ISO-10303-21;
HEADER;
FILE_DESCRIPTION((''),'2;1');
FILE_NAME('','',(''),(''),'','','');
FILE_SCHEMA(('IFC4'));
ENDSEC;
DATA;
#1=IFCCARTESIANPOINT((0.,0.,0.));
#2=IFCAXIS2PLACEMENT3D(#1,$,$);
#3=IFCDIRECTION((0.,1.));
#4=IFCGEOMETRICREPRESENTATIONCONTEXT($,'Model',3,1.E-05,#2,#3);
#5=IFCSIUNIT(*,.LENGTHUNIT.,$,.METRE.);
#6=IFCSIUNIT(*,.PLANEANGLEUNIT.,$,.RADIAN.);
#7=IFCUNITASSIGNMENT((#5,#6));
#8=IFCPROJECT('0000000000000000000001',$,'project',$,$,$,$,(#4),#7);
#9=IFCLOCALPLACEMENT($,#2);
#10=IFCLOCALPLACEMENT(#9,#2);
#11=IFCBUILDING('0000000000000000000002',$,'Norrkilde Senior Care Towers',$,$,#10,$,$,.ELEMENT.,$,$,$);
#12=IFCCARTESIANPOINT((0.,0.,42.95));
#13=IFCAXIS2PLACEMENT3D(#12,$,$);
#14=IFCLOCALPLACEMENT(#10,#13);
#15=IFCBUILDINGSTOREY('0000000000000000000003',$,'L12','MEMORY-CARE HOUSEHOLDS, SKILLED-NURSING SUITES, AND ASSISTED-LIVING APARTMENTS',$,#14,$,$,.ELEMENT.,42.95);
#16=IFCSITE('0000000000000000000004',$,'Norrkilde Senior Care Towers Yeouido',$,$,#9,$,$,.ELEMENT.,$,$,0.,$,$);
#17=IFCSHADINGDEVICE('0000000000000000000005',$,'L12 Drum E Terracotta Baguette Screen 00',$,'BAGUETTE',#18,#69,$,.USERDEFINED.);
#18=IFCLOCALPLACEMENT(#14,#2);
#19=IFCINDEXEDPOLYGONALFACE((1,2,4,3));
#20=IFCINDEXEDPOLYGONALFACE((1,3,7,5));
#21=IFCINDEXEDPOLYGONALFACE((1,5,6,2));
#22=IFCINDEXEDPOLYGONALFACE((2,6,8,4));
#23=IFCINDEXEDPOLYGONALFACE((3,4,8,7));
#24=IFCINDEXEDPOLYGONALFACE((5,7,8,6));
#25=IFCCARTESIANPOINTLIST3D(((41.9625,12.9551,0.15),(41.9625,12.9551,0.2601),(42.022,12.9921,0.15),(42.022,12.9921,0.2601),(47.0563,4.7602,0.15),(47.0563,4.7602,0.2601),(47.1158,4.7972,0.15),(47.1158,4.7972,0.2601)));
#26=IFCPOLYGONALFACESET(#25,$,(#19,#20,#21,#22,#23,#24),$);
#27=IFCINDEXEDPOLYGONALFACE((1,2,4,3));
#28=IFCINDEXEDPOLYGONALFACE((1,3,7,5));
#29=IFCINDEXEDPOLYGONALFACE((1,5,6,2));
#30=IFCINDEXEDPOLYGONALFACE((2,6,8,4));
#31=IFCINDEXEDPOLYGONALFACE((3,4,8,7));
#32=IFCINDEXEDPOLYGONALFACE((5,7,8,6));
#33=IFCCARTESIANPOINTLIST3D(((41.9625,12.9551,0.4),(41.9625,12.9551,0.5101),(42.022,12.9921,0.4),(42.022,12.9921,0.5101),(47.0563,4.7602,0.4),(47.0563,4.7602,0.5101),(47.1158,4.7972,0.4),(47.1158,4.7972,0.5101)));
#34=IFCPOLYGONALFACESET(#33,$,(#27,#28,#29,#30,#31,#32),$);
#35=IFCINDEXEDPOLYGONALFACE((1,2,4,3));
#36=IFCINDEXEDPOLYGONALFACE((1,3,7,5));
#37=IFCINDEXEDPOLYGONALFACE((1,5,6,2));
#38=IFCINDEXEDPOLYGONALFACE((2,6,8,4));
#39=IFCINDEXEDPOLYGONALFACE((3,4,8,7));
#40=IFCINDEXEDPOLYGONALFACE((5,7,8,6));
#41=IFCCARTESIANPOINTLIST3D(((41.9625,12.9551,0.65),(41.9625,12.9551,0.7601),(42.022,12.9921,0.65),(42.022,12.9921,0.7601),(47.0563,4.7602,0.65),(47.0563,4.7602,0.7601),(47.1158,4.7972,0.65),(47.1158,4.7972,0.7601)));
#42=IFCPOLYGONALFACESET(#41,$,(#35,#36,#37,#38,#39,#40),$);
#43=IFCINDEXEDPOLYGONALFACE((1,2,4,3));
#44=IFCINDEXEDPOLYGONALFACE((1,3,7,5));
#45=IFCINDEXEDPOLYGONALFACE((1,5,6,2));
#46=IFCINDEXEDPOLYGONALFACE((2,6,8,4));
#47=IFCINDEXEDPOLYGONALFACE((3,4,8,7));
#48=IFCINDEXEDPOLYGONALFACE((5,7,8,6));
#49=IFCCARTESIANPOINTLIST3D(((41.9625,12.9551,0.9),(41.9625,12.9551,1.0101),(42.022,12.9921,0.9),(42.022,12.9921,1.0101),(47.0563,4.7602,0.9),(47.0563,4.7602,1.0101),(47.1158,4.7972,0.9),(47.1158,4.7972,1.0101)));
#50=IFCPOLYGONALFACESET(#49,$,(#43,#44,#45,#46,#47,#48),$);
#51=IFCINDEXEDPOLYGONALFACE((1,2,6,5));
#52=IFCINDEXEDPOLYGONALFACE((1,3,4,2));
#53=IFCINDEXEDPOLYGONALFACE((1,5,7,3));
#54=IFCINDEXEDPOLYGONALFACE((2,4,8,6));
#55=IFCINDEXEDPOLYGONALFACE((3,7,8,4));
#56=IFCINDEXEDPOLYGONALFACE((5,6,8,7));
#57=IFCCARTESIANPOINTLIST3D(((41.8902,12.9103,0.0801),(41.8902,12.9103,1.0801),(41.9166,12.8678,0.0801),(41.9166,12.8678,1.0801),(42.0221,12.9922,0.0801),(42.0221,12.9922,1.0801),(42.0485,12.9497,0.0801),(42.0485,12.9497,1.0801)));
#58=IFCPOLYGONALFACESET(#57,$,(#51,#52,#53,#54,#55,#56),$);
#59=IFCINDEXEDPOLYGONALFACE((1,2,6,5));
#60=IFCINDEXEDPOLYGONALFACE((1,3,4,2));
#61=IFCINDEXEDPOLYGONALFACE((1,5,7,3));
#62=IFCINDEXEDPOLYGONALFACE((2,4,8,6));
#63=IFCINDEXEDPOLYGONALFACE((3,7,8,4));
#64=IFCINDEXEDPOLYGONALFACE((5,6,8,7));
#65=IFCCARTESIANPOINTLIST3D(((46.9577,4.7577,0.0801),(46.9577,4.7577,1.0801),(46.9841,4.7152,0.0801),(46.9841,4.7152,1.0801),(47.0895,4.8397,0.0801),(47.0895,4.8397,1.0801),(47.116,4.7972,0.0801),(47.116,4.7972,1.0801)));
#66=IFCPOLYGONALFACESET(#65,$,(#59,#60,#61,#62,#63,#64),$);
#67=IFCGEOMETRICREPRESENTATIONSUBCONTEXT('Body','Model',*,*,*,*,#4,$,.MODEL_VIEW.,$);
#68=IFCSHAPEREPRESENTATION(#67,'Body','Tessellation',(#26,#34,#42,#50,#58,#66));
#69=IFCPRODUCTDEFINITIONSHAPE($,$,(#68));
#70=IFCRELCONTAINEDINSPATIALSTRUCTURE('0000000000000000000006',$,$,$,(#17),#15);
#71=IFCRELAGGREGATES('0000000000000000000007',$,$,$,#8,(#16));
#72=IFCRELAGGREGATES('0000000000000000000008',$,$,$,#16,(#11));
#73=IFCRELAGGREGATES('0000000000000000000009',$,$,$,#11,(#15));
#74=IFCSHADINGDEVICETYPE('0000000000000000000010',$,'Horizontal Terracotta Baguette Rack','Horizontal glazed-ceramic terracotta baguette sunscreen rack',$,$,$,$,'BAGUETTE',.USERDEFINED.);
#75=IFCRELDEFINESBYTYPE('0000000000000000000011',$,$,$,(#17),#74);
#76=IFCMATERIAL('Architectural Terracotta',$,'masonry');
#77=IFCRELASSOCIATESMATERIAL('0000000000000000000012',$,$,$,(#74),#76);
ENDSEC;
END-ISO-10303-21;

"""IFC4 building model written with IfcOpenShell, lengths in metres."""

from ifc_helpers import new_model, si_unit, direction, frame, origin, origin_2d, place, context, subcontext, project, spatial, rectangle, extrude, source, transform, mapped, material, type_object, type_shapes, element, save


model = new_model("IFC4")

# Units and contexts
model_context = context("Model", 3, precision=1e-05, world=origin(), true_north=direction((0.0, 1.0)))
body_context = subcontext(model_context, "Body", "Model", "MODEL_VIEW")
ifc_project = project(units=[si_unit("LENGTHUNIT", "METRE"), si_unit("PLANEANGLEUNIT", "RADIAN")], contexts=[model_context])

# Site, building, storey
site_placement = place(None, origin())
site = spatial("IfcSite", under=ifc_project, at=site_placement, Name="Norrkilde Senior Care Towers Yeouido", CompositionType="ELEMENT", RefElevation=0.0)
building_placement = place(site_placement, origin())
building = spatial("IfcBuilding", under=site, at=building_placement, Name="Norrkilde Senior Care Towers", CompositionType="ELEMENT")
storey_placement = place(building_placement, frame((0.0, 0.0, 42.95)))
storey = spatial("IfcBuildingStorey", under=building, at=storey_placement, Name="L12", Description="MEMORY-CARE HOUSEHOLDS, SKILLED-NURSING SUITES, AND ASSISTED-LIVING APARTMENTS", CompositionType="ELEMENT", Elevation=42.95)

# Shading device
ifc_material_1 = material(Name="Architectural Terracotta", Category="masonry")
shading_device_type = type_object("IfcShadingDeviceType", Name="Horizontal Terracotta Baguette Rack", Description="Horizontal glazed-ceramic terracotta baguette sunscreen rack", ElementType="BAGUETTE", PredefinedType="USERDEFINED", material=ifc_material_1)
shared_shape_1 = source(origin(), body_context, "Body", "SweptSolid", [
    extrude(rectangle(XDim=0.0701, YDim=0.1101, at=origin_2d()), frame((0.0, 0.0901, 0.125), z_axis=(1.0, 0.0, 0.0), x_axis=(0.0, 1.0, 0.0)), (0.0, 0.0, 1.0), 9.6489),
    extrude(rectangle(XDim=0.0701, YDim=0.1101, at=origin_2d()), frame((0.0, 0.0901, 0.375), z_axis=(1.0, 0.0, 0.0), x_axis=(0.0, 1.0, 0.0)), (0.0, 0.0, 1.0), 9.6489),
    extrude(rectangle(XDim=0.0701, YDim=0.1101, at=origin_2d()), frame((0.0, 0.0901, 0.625), z_axis=(1.0, 0.0, 0.0), x_axis=(0.0, 1.0, 0.0)), (0.0, 0.0, 1.0), 9.6489),
    extrude(rectangle(XDim=0.0701, YDim=0.1101, at=origin_2d()), frame((0.0, 0.0901, 0.875), z_axis=(1.0, 0.0, 0.0), x_axis=(0.0, 1.0, 0.0)), (0.0, 0.0, 1.0), 9.6489),
    extrude(rectangle(XDim=0.05, YDim=0.1553, at=origin_2d()), frame((0.0249, 0.0476, 0.0)), (0.0, 0.0, 1.0), 1.0),
    extrude(rectangle(XDim=0.05, YDim=0.1553, at=origin_2d()), frame((9.624, 0.0476, 0.0)), (0.0, 0.0, 1.0), 1.0),
])
type_shapes(shading_device_type, [shared_shape_1])
shading_device_placement = place(storey_placement, frame((41.9158, 12.926, 0.0801), z_axis=(0.0, 0.0, 1.0), x_axis=(0.527909, -0.849299, 0.0)))
element("IfcShadingDevice", 1, at=shading_device_placement, inside=storey, type_object=shading_device_type, Name="L12 Drum E Terracotta Baguette Screen 00", ObjectType="BAGUETTE", PredefinedType="USERDEFINED", context=body_context, shape_type="MappedRepresentation", body=[
    mapped(shared_shape_1, transform((0.0, 0.0, 0.0), x_axis=(1.0, 0.0, 0.0), y_axis=(0.0, 1.0, 0.0), z_axis=(0.0, 0.0, 1.0), scale=1.0)),
])

save(model, "model.ifc")
